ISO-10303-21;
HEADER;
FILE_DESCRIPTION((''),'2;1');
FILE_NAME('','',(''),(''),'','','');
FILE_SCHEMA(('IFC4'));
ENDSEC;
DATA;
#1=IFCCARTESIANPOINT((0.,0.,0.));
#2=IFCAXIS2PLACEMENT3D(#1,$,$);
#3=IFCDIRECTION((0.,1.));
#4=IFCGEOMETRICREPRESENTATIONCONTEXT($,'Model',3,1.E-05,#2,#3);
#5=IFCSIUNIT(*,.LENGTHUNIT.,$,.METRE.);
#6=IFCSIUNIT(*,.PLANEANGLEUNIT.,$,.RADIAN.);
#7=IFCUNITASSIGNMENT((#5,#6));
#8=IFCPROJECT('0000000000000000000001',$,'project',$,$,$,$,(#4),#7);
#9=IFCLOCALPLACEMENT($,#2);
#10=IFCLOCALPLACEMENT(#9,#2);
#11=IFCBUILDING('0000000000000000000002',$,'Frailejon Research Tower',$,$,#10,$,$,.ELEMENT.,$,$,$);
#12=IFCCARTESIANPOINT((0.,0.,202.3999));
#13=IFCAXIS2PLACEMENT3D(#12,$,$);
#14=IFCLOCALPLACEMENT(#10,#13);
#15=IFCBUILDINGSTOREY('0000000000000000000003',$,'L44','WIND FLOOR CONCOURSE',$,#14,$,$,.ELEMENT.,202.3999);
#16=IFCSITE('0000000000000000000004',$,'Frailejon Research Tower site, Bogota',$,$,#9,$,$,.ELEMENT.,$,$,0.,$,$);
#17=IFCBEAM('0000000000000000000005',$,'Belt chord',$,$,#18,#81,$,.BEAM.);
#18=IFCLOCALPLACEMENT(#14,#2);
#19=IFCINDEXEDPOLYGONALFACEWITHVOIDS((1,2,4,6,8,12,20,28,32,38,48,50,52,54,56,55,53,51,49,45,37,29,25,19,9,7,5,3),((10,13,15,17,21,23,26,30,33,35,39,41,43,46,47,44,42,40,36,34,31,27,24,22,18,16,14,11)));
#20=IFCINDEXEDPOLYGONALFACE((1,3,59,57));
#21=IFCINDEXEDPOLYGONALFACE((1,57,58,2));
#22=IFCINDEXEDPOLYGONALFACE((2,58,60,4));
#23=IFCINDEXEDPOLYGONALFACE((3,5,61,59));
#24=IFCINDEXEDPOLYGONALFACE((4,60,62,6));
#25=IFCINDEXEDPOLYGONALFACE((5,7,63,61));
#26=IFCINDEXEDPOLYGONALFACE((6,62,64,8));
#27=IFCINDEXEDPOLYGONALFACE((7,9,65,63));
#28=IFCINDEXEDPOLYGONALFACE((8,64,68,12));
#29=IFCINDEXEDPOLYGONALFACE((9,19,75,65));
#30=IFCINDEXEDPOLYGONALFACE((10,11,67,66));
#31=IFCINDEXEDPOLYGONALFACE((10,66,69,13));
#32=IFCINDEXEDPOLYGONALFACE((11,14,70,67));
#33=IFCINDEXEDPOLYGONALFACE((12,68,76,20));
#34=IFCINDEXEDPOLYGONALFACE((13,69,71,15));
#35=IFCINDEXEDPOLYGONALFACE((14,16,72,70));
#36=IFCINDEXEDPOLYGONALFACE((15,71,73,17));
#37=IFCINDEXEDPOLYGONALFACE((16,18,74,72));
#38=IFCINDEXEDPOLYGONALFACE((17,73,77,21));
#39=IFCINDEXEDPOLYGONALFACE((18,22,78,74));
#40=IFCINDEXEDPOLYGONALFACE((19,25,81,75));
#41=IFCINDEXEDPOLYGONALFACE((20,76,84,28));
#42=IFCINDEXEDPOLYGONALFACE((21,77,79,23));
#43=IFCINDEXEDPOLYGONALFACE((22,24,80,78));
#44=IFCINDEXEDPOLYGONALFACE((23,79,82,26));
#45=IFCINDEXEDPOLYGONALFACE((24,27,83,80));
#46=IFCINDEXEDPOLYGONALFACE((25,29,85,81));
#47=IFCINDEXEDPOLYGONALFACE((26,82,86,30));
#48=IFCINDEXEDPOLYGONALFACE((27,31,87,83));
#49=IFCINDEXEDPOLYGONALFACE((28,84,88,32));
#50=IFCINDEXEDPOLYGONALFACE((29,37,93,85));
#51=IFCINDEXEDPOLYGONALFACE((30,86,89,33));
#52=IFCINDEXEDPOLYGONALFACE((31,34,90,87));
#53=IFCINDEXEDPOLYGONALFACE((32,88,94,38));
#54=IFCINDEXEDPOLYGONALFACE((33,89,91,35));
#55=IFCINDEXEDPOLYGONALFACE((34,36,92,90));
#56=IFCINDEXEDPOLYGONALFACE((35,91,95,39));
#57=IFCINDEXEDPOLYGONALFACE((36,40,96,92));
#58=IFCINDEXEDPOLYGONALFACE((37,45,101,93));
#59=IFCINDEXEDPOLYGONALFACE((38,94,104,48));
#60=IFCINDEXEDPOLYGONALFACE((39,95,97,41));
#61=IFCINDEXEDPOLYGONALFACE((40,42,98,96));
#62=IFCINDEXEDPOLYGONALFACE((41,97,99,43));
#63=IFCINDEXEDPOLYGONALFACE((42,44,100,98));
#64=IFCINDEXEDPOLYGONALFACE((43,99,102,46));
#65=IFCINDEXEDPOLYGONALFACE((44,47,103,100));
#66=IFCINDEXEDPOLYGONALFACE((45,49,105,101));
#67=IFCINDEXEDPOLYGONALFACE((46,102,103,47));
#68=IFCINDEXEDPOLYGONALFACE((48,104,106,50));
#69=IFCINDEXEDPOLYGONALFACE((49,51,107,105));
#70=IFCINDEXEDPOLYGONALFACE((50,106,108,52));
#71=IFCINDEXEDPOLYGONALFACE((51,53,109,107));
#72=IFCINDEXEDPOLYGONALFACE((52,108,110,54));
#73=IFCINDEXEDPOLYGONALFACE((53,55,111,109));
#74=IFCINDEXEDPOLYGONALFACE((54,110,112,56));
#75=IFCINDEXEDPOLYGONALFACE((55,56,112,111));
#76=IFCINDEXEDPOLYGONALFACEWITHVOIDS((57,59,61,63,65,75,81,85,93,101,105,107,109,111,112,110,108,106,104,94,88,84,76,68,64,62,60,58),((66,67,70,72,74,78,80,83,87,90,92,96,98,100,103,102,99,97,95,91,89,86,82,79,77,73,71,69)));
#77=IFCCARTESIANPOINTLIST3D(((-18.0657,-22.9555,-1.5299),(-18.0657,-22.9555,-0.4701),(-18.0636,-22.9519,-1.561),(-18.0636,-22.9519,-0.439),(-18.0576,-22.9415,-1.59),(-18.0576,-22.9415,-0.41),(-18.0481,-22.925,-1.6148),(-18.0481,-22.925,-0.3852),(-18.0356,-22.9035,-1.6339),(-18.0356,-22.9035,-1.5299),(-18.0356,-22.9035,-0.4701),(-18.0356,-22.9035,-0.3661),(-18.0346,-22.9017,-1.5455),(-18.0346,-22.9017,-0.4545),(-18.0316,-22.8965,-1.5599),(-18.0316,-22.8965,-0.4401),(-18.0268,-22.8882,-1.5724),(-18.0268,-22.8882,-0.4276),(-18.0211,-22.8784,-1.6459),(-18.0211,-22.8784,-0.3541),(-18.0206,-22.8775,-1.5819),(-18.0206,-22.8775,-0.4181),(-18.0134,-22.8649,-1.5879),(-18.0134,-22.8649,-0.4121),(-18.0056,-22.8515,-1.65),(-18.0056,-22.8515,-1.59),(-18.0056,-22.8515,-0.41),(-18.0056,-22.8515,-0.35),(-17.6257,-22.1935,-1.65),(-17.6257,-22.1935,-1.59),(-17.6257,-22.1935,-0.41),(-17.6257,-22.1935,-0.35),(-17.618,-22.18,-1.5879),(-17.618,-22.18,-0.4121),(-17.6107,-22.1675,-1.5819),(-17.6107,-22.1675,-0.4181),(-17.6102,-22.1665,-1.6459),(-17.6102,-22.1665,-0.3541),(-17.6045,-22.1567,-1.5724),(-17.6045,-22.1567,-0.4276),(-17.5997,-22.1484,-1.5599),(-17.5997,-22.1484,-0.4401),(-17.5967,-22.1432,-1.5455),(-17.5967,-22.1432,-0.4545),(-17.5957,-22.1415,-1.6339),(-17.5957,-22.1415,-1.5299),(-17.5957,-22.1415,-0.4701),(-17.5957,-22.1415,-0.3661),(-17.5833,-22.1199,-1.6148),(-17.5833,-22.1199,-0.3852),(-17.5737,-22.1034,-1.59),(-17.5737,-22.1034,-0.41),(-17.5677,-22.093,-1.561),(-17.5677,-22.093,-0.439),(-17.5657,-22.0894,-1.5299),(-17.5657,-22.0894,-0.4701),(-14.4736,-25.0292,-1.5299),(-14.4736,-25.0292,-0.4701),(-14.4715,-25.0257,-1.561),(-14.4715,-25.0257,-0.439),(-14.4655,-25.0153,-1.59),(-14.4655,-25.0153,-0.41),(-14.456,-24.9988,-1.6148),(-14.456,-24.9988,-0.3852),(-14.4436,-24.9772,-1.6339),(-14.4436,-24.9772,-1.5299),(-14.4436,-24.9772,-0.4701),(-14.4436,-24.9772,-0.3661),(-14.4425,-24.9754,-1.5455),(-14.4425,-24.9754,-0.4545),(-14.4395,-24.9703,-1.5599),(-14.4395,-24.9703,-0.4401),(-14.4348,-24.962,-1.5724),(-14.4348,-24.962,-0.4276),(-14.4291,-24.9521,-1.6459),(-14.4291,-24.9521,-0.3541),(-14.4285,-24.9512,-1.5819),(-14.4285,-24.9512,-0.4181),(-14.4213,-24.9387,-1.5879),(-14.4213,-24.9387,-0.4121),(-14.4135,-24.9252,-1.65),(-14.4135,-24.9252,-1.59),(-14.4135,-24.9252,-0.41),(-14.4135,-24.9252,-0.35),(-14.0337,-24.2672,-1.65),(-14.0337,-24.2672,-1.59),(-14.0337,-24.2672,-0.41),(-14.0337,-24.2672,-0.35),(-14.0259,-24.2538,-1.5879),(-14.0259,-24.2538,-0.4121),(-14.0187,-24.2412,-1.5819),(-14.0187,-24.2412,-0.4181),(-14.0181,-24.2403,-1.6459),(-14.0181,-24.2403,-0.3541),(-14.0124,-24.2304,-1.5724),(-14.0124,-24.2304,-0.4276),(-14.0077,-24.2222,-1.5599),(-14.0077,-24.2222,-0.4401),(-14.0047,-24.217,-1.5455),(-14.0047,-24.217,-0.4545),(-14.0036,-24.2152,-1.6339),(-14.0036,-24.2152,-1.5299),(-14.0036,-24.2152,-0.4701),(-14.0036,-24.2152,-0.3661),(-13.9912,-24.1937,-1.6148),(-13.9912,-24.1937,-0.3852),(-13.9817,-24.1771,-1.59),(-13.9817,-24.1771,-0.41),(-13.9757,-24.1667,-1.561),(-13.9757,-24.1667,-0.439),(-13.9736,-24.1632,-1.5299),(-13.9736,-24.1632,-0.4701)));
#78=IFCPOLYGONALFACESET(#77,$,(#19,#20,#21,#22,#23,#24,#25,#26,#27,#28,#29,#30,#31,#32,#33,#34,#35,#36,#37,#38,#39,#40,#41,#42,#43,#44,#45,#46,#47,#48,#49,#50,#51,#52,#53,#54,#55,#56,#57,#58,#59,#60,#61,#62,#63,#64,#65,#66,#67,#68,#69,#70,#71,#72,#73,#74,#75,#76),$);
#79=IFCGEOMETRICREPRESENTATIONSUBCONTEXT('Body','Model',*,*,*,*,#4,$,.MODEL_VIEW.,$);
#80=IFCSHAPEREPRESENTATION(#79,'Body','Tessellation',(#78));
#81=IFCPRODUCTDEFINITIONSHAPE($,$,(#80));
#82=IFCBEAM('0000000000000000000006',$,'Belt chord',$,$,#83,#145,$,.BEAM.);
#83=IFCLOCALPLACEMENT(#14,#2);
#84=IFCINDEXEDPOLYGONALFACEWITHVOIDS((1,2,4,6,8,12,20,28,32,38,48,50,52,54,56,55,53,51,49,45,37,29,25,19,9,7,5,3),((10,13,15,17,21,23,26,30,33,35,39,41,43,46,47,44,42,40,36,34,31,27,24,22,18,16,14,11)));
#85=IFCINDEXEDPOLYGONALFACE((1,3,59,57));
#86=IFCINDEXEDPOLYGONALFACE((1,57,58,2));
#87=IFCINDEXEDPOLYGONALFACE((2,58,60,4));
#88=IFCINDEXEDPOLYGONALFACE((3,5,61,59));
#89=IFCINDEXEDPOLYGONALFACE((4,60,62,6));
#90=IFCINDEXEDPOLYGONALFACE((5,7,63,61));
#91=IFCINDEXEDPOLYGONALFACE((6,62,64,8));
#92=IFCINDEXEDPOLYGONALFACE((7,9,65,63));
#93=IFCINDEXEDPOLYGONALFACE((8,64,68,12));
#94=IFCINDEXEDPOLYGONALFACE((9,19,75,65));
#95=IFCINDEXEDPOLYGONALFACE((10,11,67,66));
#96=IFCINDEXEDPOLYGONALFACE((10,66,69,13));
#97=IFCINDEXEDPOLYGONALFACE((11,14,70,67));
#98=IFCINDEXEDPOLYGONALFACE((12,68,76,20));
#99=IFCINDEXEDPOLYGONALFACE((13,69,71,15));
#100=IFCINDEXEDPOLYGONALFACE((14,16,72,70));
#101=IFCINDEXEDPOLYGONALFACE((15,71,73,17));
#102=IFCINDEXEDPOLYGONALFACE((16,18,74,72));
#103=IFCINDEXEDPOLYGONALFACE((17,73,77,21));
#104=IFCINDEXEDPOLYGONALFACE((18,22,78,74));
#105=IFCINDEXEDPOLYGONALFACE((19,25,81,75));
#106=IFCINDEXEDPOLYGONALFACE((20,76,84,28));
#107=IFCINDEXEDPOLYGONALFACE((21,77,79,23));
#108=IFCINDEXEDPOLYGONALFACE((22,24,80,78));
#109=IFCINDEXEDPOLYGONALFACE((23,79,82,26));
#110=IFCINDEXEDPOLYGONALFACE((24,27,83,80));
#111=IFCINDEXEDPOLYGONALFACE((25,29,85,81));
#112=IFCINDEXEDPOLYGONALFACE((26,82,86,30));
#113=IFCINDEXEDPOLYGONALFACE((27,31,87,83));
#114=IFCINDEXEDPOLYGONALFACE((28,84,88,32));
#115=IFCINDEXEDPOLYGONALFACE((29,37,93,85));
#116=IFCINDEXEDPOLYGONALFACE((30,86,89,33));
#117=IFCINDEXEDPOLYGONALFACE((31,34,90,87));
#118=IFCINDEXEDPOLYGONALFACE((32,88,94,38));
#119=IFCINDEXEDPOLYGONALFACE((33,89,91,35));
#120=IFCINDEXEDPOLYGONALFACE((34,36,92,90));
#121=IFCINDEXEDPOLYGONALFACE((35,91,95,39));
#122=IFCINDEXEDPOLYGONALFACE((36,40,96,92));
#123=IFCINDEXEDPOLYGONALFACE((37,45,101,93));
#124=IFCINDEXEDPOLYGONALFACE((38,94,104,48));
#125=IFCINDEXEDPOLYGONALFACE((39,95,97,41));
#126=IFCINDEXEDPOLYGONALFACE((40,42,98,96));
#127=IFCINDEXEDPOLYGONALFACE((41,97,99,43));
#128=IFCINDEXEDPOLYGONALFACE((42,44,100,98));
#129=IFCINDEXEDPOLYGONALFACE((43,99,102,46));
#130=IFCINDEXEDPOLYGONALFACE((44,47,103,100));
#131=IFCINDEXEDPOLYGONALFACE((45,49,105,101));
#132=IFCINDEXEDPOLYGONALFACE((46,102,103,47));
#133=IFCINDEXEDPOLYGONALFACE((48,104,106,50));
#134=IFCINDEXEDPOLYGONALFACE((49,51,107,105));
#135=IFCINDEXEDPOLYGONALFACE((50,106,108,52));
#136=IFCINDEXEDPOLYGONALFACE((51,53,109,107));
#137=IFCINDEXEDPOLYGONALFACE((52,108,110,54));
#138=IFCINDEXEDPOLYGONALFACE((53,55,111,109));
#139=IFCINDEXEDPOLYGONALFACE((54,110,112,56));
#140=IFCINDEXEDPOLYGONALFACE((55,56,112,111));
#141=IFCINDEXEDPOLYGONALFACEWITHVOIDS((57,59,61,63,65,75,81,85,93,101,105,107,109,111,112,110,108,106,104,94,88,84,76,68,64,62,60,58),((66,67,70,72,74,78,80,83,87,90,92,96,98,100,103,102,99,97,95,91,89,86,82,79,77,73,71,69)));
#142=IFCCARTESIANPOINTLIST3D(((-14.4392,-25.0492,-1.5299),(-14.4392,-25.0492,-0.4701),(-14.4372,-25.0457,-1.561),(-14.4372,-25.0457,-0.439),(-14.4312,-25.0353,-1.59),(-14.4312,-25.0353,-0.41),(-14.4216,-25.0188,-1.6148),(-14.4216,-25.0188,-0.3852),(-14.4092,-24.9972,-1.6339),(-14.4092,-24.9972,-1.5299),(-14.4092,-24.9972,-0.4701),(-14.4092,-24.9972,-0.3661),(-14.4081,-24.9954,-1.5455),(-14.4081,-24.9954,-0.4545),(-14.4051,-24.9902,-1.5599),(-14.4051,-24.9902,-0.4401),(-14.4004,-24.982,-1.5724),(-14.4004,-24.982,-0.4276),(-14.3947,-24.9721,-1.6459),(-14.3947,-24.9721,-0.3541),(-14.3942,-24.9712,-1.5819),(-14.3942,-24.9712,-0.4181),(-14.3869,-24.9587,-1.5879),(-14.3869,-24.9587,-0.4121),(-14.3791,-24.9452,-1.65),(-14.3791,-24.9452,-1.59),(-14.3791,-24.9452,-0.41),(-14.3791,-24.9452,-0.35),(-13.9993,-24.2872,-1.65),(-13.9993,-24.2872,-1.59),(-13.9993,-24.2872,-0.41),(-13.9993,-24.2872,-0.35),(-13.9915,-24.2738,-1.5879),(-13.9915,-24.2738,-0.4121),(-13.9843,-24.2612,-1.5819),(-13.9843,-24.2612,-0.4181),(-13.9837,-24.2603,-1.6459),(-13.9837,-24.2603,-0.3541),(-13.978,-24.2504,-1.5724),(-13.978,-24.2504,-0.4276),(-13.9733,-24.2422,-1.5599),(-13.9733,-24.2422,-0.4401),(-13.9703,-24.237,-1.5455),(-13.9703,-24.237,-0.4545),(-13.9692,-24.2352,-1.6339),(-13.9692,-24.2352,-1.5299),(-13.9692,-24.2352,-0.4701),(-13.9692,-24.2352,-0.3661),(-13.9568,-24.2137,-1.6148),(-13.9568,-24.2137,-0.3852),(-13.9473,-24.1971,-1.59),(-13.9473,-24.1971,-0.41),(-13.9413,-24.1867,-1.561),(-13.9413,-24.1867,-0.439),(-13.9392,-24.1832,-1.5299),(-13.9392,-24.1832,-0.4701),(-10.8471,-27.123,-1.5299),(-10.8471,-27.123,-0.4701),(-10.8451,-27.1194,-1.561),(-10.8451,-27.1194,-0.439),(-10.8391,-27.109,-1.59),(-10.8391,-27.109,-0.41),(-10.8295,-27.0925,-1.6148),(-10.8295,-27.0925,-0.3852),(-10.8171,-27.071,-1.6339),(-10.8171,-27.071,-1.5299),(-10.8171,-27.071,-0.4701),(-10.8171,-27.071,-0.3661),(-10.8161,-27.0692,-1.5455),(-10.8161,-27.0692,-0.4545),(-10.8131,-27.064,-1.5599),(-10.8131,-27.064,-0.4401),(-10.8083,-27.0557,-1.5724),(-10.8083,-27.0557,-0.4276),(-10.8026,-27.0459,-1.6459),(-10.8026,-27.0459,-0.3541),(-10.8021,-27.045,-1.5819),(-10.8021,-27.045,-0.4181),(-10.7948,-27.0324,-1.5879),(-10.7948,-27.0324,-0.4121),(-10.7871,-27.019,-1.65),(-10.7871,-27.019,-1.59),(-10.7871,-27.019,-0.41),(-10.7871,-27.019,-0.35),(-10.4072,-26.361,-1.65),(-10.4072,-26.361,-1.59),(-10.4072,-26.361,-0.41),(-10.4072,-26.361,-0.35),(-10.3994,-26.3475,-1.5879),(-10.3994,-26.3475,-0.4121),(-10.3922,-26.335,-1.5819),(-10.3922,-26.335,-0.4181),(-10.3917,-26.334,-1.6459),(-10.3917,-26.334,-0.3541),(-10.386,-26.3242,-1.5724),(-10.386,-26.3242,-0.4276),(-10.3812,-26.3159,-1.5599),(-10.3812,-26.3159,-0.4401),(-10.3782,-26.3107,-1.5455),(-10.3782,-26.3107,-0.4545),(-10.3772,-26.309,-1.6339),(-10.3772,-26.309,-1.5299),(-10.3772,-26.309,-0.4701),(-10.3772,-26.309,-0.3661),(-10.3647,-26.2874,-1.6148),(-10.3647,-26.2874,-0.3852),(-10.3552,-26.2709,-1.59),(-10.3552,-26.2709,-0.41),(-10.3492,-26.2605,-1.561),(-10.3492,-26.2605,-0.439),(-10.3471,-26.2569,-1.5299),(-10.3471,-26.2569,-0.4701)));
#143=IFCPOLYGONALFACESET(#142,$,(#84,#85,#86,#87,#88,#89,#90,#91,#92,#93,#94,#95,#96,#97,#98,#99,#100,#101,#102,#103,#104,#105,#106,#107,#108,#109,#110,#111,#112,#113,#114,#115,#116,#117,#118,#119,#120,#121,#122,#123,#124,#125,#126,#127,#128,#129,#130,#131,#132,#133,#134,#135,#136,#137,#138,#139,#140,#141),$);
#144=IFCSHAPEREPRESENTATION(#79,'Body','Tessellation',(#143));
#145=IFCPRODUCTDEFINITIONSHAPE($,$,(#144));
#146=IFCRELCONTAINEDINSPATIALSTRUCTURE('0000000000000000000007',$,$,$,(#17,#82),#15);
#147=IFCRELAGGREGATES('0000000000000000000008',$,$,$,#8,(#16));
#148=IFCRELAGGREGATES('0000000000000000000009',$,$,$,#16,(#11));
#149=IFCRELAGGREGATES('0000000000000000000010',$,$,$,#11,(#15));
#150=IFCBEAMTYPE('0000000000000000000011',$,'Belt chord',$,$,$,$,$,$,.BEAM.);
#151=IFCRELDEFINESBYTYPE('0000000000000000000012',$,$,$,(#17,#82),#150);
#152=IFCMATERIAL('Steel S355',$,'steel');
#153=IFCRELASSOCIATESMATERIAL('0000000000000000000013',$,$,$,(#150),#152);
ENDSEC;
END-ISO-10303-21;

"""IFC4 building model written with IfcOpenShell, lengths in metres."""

from ifc_helpers import new_model, si_unit, direction, frame, origin, origin_2d, place, context, subcontext, project, spatial, hollow_rectangle, extrude, material, material_profile, profile_set, type_object, element, save


model = new_model("IFC4")

# Units and contexts
model_context = context("Model", 3, precision=1e-05, world=origin(), true_north=direction((0.0, 1.0)))
body_context = subcontext(model_context, "Body", "Model", "MODEL_VIEW")
ifc_project = project(units=[si_unit("LENGTHUNIT", "METRE"), si_unit("PLANEANGLEUNIT", "RADIAN")], contexts=[model_context])

# Site, building, storey
site_placement = place(None, origin())
site = spatial("IfcSite", under=ifc_project, at=site_placement, Name="Frailejon Research Tower site, Bogota", CompositionType="ELEMENT", RefElevation=0.0)
building_placement = place(site_placement, origin())
building = spatial("IfcBuilding", under=site, at=building_placement, Name="Frailejon Research Tower", CompositionType="ELEMENT")
storey_placement = place(building_placement, frame((0.0, 0.0, 202.3999)))
storey = spatial("IfcBuildingStorey", under=building, at=storey_placement, Name="L44", Description="WIND FLOOR CONCOURSE", CompositionType="ELEMENT", Elevation=202.3999)

# Beams
ifc_material_1 = material(Name="Steel S355", Category="steel")
ifc_material_profile_1 = material_profile(ifc_material_1, hollow_rectangle(XDim=1.0, YDim=1.3, WallThickness=0.0601, InnerFilletRadius=0.0601, OuterFilletRadius=0.1201, at=origin_2d()), Name="Belt chord")
ifc_profile_set_1 = profile_set([ifc_material_profile_1], Name="Steel S355")
beam_type_1 = type_object("IfcBeamType", Name="Belt chord", PredefinedType="BEAM", material=ifc_profile_set_1)
for number, where, z_axis, x_axis, name in (
    (1, (-17.8157, -22.5225, -1.0), (0.86604, -0.499976, 0.0), (0.499976, 0.86604, 0.0), "Belt chord"),
    (2, (-14.1892, -24.6162, -1.0), (0.86604, -0.499976, 0.0), (0.499976, 0.86604, 0.0), "Belt chord"),
):
    element("IfcBeam", number, at=place(storey_placement, frame(where, z_axis=z_axis, x_axis=x_axis)), inside=storey, type_object=beam_type_1, Name=name, PredefinedType="BEAM", context=body_context, shape_type="SweptSolid", body=[
        extrude(hollow_rectangle(XDim=1.0, YDim=1.3, WallThickness=0.0601, InnerFilletRadius=0.0601, OuterFilletRadius=0.1201, at=origin_2d()), origin(), (0.0, 0.0, 1.0), 4.1477),
    ])

save(model, "model.ifc")
